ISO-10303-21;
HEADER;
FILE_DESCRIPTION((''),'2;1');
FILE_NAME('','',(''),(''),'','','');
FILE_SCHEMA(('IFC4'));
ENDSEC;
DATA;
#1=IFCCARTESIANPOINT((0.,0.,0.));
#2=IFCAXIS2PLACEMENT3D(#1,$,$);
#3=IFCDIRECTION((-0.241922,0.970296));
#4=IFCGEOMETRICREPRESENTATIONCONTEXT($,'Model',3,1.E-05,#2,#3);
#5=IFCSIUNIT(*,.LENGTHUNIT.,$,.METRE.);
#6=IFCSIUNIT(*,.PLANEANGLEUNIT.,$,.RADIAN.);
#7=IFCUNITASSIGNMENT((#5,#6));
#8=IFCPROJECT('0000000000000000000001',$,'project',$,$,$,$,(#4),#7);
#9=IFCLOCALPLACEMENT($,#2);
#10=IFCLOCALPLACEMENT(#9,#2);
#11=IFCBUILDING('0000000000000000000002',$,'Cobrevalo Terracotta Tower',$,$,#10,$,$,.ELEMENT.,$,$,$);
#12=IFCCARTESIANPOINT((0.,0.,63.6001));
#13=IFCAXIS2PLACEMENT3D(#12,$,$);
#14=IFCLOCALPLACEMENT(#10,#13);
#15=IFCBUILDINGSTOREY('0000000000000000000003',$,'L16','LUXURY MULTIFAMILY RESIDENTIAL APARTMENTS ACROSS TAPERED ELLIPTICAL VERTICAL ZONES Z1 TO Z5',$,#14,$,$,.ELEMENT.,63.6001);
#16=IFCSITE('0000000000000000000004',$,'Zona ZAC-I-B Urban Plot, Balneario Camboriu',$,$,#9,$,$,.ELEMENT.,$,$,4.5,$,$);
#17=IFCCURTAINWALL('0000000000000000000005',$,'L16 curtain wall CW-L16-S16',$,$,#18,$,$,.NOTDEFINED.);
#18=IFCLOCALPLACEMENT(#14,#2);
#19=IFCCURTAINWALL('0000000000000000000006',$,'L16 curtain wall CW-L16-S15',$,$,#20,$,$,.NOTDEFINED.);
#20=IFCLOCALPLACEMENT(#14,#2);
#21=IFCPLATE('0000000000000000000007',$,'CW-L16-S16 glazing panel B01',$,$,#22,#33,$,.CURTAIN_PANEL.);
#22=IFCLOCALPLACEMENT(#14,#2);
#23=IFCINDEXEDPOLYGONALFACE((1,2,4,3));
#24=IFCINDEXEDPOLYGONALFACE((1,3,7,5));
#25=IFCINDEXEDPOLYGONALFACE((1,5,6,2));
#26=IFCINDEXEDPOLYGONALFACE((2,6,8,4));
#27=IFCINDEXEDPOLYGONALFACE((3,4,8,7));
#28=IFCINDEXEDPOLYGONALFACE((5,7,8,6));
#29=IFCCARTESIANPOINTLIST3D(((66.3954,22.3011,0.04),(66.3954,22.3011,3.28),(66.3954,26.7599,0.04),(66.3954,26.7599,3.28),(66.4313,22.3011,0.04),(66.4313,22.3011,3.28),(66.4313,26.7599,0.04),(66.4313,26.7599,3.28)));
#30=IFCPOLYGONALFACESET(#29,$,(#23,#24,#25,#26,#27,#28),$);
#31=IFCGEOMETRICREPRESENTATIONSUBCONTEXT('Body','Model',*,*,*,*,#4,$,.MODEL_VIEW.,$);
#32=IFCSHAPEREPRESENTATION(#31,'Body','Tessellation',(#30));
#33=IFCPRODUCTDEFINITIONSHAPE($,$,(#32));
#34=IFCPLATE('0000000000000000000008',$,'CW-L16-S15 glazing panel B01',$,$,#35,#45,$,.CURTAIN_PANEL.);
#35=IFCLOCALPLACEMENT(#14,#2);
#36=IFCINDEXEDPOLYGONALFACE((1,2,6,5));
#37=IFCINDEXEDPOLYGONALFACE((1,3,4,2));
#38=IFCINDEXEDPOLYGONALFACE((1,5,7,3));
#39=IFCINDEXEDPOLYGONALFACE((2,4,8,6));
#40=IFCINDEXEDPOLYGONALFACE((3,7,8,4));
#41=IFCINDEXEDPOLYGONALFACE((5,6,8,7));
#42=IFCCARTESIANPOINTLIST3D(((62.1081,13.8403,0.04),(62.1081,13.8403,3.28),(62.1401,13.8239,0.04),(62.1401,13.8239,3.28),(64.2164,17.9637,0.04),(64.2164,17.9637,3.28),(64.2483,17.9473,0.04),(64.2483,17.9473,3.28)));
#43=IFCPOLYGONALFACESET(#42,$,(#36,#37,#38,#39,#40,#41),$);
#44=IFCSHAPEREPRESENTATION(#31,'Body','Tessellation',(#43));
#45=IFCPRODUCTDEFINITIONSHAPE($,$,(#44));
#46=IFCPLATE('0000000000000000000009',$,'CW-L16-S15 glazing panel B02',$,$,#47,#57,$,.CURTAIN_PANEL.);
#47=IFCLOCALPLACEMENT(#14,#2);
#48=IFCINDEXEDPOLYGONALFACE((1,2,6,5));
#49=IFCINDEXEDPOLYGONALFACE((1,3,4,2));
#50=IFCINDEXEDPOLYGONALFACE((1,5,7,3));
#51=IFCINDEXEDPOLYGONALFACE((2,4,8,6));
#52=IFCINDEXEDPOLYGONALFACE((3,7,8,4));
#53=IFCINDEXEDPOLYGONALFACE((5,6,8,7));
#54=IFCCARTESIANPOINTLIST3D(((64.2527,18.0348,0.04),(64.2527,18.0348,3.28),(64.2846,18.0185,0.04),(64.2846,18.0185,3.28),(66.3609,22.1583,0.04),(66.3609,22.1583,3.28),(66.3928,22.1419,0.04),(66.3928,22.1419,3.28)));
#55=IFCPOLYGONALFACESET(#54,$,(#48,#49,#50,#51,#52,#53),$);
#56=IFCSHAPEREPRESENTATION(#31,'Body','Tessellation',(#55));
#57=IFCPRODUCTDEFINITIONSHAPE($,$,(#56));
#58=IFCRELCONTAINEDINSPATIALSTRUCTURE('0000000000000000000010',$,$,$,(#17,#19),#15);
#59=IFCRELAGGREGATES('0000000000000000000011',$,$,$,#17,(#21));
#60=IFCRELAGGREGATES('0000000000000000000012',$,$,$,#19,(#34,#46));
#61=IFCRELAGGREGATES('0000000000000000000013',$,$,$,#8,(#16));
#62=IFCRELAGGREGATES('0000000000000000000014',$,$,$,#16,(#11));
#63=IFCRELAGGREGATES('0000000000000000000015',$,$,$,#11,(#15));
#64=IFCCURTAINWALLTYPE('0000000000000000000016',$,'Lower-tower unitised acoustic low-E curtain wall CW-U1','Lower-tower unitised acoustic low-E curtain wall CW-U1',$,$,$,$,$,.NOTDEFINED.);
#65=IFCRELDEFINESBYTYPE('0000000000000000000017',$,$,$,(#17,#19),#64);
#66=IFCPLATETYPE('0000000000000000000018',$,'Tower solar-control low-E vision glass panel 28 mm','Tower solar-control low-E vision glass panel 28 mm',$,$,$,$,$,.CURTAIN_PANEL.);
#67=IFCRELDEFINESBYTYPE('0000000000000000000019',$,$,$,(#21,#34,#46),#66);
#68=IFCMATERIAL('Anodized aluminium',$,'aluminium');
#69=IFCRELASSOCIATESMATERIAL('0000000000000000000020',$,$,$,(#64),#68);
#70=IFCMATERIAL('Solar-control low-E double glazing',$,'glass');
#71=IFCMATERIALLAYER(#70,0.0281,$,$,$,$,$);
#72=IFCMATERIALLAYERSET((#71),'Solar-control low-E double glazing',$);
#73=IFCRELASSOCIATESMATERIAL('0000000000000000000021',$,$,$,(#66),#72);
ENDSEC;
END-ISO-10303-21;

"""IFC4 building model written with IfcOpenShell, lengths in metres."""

from ifc_helpers import new_model, si_unit, direction, frame, origin, origin_2d, place, context, subcontext, project, spatial, rectangle, extrude, source, transform, mapped, material, layer, layer_set, type_object, element, aggregate, save


model = new_model("IFC4")

# Units and contexts
model_context = context("Model", 3, precision=1e-05, world=origin(), true_north=direction((-0.241922, 0.970296)))
body_context = subcontext(model_context, "Body", "Model", "MODEL_VIEW")
ifc_project = project(units=[si_unit("LENGTHUNIT", "METRE"), si_unit("PLANEANGLEUNIT", "RADIAN")], contexts=[model_context])

# Site, building, storey
site_placement = place(None, origin())
site = spatial("IfcSite", under=ifc_project, at=site_placement, Name="Zona ZAC-I-B Urban Plot, Balneario Camboriu", CompositionType="ELEMENT", RefElevation=4.5)
building_placement = place(site_placement, origin())
building = spatial("IfcBuilding", under=site, at=building_placement, Name="Cobrevalo Terracotta Tower", CompositionType="ELEMENT")
storey_placement = place(building_placement, frame((0.0, 0.0, 63.6001)))
storey = spatial("IfcBuildingStorey", under=building, at=storey_placement, Name="L16", Description="LUXURY MULTIFAMILY RESIDENTIAL APARTMENTS ACROSS TAPERED ELLIPTICAL VERTICAL ZONES Z1 TO Z5", CompositionType="ELEMENT", Elevation=63.6001)

# Curtain walls
ifc_material_1 = material(Name="Anodized aluminium", Category="aluminium")
curtain_wall_type = type_object("IfcCurtainWallType", Name="Lower-tower unitised acoustic low-E curtain wall CW-U1", Description="Lower-tower unitised acoustic low-E curtain wall CW-U1", PredefinedType="NOTDEFINED", material=ifc_material_1)
curtain_wall_1_placement = place(storey_placement, origin())
curtain_wall_1 = element("IfcCurtainWall", 1, at=curtain_wall_1_placement, inside=storey, type_object=curtain_wall_type, Name="L16 curtain wall CW-L16-S16", PredefinedType="NOTDEFINED")
curtain_wall_2_placement = place(storey_placement, origin())
curtain_wall_2 = element("IfcCurtainWall", 2, at=curtain_wall_2_placement, inside=storey, type_object=curtain_wall_type, Name="L16 curtain wall CW-L16-S15", PredefinedType="NOTDEFINED")

# Plates
ifc_material_2 = material(Name="Solar-control low-E double glazing", Category="glass")
ifc_layer = layer(ifc_material_2, 0.0281)
ifc_layer_set = layer_set([ifc_layer], Name="Solar-control low-E double glazing")
plate_type = type_object("IfcPlateType", Name="Tower solar-control low-E vision glass panel 28 mm", Description="Tower solar-control low-E vision glass panel 28 mm", PredefinedType="CURTAIN_PANEL", material=ifc_layer_set)
shared_shape_1 = source(origin(), body_context, "Body", "SweptSolid", [
    extrude(rectangle(XDim=4.4587, YDim=0.0359, at=origin_2d()), origin(), (0.0, 0.0, 1.0), 3.24),
])
plate_1_placement = place(storey_placement, frame((66.4133, 24.5305, 0.04), z_axis=(0.0, 0.0, 1.0), x_axis=(0.0, 1.0, 0.0)))
plate_1 = element("IfcPlate", 3, at=plate_1_placement, type_object=plate_type, Name="CW-L16-S16 glazing panel B01", PredefinedType="CURTAIN_PANEL", context=body_context, shape_type="MappedRepresentation", body=[
    mapped(shared_shape_1, transform((0.0, 0.0, 0.0), scale=1.0)),
])
aggregate(curtain_wall_1, [plate_1])
shared_shape_2 = source(origin(), body_context, "Body", "SweptSolid", [
    extrude(rectangle(XDim=4.6311, YDim=0.0359, at=origin_2d()), origin(), (0.0, 0.0, 1.0), 3.24),
])
plate_2_placement = place(storey_placement, frame((63.1782, 15.8938, 0.04), z_axis=(0.0, 0.0, 1.0), x_axis=(0.455231, 0.890373, 0.0)))
plate_2 = element("IfcPlate", 4, at=plate_2_placement, type_object=plate_type, Name="CW-L16-S15 glazing panel B01", PredefinedType="CURTAIN_PANEL", context=body_context, shape_type="MappedRepresentation", body=[
    mapped(shared_shape_2, transform((0.0, 0.0, 0.0), scale=1.0)),
])
plate_3_placement = place(storey_placement, frame((65.3228, 20.0884, 0.04), z_axis=(0.0, 0.0, 1.0), x_axis=(0.455231, 0.890373, 0.0)))
plate_3 = element("IfcPlate", 5, at=plate_3_placement, type_object=plate_type, Name="CW-L16-S15 glazing panel B02", PredefinedType="CURTAIN_PANEL", context=body_context, shape_type="MappedRepresentation", body=[
    mapped(shared_shape_2, transform((0.0, 0.0, 0.0), scale=1.0)),
])
aggregate(curtain_wall_2, [plate_2, plate_3])

save(model, "model.ifc")
